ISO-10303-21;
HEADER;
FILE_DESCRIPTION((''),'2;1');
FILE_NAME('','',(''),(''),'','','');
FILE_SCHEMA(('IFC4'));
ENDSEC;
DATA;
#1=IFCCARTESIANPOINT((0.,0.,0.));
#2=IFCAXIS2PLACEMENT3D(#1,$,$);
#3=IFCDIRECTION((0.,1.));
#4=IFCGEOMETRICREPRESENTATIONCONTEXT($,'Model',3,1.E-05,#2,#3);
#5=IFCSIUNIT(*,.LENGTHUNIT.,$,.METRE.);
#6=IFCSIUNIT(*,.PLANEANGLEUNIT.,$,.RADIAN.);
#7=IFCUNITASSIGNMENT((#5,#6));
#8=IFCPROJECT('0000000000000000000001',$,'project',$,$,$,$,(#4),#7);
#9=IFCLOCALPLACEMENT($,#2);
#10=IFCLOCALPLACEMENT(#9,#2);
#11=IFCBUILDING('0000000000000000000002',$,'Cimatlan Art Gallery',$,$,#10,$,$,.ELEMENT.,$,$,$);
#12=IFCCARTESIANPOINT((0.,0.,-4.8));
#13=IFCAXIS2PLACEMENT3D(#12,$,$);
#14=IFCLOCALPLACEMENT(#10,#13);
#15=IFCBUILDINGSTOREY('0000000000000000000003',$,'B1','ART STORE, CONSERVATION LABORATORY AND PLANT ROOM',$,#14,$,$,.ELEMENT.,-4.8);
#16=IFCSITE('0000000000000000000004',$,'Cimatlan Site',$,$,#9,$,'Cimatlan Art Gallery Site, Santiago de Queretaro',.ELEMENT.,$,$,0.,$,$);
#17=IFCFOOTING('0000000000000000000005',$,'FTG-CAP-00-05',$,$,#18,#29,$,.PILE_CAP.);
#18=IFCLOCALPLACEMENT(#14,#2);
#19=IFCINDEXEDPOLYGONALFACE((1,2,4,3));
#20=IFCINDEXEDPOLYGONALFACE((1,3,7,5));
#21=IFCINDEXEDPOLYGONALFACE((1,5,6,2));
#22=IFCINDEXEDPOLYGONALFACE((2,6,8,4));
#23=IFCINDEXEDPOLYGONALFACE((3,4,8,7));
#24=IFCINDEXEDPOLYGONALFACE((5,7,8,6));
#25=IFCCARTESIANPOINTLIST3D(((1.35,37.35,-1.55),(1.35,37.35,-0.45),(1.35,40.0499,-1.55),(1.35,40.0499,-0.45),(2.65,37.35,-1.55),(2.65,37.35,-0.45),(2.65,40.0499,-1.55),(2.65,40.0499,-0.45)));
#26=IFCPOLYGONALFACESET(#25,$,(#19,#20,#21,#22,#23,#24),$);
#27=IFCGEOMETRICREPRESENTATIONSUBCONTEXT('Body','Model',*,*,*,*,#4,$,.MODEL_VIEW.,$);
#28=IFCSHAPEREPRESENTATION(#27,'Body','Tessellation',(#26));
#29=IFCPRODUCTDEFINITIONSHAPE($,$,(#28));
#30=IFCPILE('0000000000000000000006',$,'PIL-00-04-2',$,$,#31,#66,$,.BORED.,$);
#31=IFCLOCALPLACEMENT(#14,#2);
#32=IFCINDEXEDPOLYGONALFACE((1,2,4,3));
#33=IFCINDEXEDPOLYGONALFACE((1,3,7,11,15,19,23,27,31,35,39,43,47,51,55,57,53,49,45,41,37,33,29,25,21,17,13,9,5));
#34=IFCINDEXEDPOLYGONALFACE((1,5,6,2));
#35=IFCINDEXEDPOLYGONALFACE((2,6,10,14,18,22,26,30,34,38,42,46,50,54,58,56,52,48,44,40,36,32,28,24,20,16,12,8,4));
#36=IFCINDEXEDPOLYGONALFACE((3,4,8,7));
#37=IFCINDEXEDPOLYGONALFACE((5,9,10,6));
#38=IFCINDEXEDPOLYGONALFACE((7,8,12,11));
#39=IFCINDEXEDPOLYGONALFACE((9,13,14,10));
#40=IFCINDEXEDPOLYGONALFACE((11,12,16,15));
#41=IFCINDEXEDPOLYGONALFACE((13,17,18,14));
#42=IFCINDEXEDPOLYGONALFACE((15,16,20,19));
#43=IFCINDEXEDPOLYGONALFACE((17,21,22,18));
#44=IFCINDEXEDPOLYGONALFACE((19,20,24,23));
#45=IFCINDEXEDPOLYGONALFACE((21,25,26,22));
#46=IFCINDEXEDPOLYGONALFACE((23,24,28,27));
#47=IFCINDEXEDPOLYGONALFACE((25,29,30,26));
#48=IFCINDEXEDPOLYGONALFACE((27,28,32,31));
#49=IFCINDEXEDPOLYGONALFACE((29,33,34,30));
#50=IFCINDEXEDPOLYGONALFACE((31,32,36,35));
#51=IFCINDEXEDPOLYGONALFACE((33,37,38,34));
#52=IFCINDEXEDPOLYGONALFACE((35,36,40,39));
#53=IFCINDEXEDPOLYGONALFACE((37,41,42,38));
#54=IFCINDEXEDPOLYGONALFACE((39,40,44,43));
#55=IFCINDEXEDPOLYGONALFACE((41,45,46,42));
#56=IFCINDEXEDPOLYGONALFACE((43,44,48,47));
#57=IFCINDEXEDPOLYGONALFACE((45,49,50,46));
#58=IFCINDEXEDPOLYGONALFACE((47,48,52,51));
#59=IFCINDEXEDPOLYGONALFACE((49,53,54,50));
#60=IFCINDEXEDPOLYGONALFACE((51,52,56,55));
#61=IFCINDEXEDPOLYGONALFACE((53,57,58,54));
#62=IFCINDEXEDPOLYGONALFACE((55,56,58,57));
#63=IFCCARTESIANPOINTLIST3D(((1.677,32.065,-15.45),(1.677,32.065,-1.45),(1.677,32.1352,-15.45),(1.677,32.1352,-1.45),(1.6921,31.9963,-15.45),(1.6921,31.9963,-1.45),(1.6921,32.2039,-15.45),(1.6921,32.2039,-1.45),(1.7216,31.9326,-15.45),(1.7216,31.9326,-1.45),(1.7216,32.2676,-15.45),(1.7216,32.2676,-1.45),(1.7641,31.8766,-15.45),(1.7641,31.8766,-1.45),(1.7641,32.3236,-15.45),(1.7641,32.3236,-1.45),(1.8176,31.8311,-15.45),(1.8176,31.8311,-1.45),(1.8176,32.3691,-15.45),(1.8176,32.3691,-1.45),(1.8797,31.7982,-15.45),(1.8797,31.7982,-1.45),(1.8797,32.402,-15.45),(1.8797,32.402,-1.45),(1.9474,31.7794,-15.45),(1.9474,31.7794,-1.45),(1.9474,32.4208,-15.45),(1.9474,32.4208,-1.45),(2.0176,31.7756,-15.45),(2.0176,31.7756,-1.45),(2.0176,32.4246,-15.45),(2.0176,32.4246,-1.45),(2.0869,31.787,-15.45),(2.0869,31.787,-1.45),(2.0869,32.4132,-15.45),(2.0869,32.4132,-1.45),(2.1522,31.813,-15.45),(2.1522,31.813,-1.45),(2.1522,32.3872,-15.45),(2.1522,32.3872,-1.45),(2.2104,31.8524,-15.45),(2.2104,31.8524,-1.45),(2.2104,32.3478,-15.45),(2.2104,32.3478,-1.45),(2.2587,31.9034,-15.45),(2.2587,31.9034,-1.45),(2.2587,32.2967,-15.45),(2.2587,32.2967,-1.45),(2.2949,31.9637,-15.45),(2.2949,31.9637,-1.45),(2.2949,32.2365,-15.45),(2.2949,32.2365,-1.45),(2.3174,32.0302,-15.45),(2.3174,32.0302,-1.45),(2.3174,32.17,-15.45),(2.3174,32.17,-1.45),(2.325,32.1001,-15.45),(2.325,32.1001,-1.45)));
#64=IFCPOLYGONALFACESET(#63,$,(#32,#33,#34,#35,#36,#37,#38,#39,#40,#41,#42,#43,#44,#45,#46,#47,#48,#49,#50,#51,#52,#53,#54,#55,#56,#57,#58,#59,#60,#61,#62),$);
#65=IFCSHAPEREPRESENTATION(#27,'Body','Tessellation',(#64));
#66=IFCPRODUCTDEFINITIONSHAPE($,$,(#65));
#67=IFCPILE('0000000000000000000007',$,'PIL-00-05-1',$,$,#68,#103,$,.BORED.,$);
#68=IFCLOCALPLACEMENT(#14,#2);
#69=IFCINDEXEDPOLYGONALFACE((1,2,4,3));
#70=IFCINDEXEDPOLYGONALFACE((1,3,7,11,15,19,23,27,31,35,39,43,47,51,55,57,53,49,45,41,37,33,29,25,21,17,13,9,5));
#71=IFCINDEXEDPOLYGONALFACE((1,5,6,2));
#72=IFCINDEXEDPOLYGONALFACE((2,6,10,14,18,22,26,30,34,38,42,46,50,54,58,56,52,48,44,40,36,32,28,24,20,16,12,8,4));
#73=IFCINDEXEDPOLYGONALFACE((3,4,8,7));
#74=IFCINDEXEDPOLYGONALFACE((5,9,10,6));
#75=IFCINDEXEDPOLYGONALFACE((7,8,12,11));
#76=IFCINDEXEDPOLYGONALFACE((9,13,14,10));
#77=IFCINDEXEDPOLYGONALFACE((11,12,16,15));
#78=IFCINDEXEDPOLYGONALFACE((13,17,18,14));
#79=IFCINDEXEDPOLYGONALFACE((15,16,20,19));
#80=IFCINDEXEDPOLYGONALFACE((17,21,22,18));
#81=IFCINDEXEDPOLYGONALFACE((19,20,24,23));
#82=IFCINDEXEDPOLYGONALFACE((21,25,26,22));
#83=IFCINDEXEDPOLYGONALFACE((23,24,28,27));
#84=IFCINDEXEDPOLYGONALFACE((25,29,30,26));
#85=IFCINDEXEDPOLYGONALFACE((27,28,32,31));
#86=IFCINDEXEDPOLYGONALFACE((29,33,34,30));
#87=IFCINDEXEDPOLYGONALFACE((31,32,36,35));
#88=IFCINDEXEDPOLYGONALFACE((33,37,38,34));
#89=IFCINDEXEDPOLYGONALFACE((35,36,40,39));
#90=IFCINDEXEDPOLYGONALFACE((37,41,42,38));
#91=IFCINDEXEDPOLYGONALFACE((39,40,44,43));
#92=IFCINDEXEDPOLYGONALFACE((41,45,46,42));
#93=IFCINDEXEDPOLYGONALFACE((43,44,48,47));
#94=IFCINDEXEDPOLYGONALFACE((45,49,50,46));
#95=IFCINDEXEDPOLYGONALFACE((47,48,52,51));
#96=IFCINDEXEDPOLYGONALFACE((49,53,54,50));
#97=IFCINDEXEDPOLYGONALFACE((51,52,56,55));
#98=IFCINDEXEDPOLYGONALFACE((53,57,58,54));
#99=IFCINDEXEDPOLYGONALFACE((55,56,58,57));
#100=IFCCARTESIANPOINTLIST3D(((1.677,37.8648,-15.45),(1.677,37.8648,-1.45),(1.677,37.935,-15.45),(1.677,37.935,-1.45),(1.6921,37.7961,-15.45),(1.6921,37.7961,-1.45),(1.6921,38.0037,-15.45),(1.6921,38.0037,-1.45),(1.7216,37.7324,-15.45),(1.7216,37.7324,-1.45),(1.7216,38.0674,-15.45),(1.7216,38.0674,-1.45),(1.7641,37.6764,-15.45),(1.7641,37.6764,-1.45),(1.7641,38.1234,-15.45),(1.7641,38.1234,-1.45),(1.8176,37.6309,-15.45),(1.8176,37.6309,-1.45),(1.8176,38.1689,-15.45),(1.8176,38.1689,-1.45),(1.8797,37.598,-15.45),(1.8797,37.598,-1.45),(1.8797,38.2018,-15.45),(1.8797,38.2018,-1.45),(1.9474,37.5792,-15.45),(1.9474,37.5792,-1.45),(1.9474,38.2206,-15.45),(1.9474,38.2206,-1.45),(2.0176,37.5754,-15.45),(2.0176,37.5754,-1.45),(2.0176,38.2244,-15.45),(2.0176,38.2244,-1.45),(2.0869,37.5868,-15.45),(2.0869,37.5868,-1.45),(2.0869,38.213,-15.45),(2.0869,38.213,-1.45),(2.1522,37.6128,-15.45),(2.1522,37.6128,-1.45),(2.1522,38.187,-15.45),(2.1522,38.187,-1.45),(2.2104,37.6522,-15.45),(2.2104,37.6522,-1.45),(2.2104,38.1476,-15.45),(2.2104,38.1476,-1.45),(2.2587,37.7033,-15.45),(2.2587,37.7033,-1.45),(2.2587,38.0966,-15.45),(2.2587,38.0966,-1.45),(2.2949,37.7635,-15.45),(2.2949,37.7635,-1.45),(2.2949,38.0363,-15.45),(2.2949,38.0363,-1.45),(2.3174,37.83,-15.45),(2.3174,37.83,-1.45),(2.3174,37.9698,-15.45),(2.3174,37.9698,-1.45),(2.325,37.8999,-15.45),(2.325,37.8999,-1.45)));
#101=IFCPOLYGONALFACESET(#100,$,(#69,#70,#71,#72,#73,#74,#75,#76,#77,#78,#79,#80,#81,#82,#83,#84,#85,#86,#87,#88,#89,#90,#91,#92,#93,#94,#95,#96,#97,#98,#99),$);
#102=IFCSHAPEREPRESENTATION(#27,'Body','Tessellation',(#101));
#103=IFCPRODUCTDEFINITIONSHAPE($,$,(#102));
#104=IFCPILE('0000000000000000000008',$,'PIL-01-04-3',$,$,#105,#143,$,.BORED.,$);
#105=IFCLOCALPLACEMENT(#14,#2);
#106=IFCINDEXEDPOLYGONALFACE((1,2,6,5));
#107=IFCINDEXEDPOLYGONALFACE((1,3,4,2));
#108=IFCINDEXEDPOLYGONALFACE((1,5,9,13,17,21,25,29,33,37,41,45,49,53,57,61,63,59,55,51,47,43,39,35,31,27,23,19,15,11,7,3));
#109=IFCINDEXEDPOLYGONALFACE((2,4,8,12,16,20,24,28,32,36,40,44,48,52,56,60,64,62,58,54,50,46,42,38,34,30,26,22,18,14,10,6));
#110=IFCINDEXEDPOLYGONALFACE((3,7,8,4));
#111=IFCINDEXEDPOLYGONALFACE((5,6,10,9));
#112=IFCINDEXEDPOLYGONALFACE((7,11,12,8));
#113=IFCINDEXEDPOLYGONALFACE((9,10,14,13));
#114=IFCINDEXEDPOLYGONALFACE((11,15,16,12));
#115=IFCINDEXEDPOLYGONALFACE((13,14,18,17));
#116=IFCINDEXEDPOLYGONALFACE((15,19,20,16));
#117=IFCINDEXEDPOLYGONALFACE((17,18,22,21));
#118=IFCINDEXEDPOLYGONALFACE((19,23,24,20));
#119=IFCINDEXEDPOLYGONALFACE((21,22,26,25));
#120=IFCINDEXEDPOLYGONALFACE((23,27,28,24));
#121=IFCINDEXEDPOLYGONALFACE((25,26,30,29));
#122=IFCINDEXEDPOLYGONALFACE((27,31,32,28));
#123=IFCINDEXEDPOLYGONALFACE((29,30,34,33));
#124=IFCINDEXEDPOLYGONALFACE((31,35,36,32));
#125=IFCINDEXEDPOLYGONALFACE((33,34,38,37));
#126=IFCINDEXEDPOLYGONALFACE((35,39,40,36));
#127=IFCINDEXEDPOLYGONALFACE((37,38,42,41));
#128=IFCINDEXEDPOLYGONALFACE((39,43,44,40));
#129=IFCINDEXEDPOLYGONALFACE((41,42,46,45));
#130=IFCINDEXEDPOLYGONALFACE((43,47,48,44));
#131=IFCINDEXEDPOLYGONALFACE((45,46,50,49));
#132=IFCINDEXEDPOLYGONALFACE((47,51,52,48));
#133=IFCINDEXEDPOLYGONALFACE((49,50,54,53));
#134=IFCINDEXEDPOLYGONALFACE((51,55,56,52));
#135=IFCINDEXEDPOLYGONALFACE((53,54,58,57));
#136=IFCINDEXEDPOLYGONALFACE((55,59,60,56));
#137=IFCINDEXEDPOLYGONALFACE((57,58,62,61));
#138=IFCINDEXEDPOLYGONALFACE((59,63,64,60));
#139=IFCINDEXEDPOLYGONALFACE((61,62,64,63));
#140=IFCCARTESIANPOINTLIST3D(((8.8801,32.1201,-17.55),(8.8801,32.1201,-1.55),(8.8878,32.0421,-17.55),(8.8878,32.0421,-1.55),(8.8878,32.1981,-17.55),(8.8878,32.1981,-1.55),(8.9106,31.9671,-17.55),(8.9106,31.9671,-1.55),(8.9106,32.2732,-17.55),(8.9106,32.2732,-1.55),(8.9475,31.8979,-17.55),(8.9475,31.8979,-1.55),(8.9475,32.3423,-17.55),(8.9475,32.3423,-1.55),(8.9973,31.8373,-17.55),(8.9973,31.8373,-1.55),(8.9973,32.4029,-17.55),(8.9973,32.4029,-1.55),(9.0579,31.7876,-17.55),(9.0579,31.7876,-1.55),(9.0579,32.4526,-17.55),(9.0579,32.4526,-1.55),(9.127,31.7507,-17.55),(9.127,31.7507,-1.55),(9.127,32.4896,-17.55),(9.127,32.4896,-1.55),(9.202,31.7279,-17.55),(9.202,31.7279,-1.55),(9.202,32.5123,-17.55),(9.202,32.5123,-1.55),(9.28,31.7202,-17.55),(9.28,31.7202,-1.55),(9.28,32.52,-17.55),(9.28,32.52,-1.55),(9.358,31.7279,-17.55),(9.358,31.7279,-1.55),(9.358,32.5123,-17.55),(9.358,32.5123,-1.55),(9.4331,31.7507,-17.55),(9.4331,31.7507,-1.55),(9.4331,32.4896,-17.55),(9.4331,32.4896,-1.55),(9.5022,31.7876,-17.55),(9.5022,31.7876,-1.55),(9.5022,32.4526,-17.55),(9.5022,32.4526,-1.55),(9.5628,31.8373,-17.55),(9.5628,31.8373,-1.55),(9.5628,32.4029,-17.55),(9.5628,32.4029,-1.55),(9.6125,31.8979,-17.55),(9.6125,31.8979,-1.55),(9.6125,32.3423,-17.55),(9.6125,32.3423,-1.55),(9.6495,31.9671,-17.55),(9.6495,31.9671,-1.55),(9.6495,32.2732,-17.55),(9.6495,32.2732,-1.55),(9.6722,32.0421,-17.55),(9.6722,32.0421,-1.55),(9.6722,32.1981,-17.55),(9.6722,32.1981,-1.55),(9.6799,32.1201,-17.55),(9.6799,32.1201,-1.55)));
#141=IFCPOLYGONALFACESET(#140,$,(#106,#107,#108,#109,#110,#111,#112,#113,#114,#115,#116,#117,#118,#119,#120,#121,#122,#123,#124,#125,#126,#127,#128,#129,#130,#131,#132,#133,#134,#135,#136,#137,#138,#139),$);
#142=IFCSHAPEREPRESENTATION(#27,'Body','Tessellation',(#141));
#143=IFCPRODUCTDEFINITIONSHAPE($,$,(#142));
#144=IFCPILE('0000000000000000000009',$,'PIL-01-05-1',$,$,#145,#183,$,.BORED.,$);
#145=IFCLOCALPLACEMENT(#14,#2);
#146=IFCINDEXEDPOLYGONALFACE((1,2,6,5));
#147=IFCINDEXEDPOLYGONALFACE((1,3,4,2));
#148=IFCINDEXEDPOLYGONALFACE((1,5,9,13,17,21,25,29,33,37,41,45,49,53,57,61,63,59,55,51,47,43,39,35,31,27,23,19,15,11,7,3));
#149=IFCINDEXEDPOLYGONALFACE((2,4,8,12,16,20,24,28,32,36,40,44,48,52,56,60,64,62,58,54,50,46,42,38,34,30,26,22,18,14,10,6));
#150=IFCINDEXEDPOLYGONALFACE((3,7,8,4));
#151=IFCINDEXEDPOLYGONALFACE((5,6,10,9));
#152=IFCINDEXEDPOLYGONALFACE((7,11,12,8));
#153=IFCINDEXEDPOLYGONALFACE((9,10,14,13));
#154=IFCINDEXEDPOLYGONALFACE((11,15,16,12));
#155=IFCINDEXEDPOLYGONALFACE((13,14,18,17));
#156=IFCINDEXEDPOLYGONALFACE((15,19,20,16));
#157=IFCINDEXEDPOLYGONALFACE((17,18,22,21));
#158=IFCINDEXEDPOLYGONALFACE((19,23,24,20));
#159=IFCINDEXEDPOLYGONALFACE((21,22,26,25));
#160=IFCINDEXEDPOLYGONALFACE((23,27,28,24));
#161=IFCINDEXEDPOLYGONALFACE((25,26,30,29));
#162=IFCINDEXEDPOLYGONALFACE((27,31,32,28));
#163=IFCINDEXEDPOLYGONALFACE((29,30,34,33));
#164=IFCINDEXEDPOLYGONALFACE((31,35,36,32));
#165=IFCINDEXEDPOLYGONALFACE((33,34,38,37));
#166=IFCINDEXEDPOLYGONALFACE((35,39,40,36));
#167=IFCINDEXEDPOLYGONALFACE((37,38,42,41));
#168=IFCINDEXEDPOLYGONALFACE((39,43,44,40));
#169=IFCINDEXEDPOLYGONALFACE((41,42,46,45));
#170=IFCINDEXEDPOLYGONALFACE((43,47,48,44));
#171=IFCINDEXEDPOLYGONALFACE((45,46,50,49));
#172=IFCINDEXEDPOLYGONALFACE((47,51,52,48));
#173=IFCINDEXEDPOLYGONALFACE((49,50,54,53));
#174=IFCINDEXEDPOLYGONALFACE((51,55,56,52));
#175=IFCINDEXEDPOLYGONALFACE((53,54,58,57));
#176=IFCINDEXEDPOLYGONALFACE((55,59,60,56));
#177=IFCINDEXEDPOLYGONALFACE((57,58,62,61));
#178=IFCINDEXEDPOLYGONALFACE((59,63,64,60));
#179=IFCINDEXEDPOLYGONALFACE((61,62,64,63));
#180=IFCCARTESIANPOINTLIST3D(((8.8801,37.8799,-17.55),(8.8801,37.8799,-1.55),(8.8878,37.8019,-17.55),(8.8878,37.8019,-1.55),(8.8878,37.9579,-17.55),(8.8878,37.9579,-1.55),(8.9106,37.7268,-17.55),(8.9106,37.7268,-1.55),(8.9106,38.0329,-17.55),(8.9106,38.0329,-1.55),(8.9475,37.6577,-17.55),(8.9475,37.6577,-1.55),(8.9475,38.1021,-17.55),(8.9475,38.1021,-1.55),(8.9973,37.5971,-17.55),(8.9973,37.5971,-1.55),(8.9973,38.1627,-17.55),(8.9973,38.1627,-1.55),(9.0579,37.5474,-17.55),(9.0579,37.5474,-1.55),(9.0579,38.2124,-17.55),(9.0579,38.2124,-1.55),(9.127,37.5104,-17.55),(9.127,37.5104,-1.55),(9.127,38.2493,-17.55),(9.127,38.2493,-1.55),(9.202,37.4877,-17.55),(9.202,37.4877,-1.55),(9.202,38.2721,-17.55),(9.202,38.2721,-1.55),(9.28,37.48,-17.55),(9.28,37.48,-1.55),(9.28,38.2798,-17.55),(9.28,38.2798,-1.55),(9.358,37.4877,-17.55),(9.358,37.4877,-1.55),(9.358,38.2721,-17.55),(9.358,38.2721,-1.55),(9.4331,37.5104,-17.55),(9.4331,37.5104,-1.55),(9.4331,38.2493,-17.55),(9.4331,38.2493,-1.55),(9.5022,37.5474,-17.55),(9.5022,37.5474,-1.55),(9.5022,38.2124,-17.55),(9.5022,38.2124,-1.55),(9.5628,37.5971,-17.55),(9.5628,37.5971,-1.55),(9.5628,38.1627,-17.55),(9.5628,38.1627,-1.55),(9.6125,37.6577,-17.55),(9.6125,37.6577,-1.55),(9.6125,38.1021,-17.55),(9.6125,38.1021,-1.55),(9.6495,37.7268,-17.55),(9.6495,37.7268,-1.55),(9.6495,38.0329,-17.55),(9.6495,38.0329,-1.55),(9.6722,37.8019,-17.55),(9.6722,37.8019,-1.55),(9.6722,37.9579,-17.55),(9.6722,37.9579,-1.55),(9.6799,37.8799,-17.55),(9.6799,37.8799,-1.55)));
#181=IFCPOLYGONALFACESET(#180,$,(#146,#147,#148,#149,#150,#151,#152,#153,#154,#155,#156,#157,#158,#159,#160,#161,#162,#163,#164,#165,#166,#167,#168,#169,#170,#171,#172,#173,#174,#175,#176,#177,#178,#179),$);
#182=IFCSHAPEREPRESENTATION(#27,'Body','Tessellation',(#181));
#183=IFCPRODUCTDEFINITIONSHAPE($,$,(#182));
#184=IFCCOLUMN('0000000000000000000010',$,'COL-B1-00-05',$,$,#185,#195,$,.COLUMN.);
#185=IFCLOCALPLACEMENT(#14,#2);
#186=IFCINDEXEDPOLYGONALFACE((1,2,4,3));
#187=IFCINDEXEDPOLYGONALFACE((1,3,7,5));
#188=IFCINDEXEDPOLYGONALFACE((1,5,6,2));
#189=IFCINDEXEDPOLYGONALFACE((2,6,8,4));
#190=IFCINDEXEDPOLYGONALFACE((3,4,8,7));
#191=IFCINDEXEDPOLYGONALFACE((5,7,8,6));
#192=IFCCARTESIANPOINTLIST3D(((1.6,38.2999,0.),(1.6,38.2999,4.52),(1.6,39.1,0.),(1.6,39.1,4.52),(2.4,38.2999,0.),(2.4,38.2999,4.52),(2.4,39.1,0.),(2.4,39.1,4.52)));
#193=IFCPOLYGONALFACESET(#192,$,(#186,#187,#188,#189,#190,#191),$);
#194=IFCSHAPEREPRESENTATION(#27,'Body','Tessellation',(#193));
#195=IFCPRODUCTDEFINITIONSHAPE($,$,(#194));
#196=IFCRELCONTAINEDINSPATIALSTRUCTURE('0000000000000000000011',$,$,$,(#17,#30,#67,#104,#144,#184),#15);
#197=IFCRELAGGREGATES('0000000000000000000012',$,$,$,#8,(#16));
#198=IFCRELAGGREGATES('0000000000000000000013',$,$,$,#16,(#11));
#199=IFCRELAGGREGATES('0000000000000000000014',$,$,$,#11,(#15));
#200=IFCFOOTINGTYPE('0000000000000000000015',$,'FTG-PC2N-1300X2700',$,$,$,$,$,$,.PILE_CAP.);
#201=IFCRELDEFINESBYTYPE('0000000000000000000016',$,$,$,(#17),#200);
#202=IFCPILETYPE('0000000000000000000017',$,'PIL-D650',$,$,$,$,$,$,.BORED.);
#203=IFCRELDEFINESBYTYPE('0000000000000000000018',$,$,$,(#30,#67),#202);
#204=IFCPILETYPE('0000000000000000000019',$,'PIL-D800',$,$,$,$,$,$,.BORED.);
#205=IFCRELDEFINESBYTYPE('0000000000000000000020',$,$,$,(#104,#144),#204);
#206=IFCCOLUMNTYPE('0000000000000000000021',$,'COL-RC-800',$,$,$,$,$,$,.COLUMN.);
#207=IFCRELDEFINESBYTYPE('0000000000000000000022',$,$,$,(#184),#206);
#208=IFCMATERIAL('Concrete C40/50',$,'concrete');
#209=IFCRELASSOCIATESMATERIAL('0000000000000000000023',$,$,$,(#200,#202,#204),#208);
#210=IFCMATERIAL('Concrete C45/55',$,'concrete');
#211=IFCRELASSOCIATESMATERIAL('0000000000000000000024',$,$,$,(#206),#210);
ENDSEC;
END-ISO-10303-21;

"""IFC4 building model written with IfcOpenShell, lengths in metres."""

from ifc_helpers import new_model, si_unit, direction, frame, origin, origin_2d, place, context, subcontext, project, spatial, rectangle, circle, extrude, material, material_profile, profile_set, type_object, element, save


model = new_model("IFC4")

# Units and contexts
model_context = context("Model", 3, precision=1e-05, world=origin(), true_north=direction((0.0, 1.0)))
body_context = subcontext(model_context, "Body", "Model", "MODEL_VIEW")
ifc_project = project(units=[si_unit("LENGTHUNIT", "METRE"), si_unit("PLANEANGLEUNIT", "RADIAN")], contexts=[model_context])

# Site, building, storey
site_placement = place(None, origin())
site = spatial("IfcSite", under=ifc_project, at=site_placement, Name="Cimatlan Site", LongName="Cimatlan Art Gallery Site, Santiago de Queretaro", CompositionType="ELEMENT", RefElevation=0.0)
building_placement = place(site_placement, origin())
building = spatial("IfcBuilding", under=site, at=building_placement, Name="Cimatlan Art Gallery", CompositionType="ELEMENT")
storey_placement = place(building_placement, frame((0.0, 0.0, -4.8)))
storey = spatial("IfcBuildingStorey", under=building, at=storey_placement, Name="B1", Description="ART STORE, CONSERVATION LABORATORY AND PLANT ROOM", CompositionType="ELEMENT", Elevation=-4.8)

# Footing
ifc_material_1 = material(Name="Concrete C40/50", Category="concrete")
footing_type = type_object("IfcFootingType", Name="FTG-PC2N-1300X2700", PredefinedType="PILE_CAP", material=ifc_material_1)
footing_placement = place(storey_placement, frame((2.0, 38.7, -1.55), z_axis=(0.0, 0.0, 1.0), x_axis=(1.0, 0.0, 0.0)))
element("IfcFooting", 1, at=footing_placement, inside=storey, type_object=footing_type, Name="FTG-CAP-00-05", PredefinedType="PILE_CAP", context=body_context, shape_type="SweptSolid", body=[
    extrude(rectangle(XDim=1.3, YDim=2.7, at=origin_2d()), origin(), (0.0, 0.0, 1.0), 1.1001),
])

# Piles
pile_type_1 = type_object("IfcPileType", Name="PIL-D650", PredefinedType="BORED", material=ifc_material_1)
for number, where, z_axis, x_axis, name in (
    (2, (2.0, 32.1001, -1.45), (0.0, 0.0, -1.0), (1.0, 0.0, 0.0), "PIL-00-04-2"),
    (3, (2.0, 37.8999, -1.45), (0.0, 0.0, -1.0), (1.0, 0.0, 0.0), "PIL-00-05-1"),
):
    element("IfcPile", number, at=place(storey_placement, frame(where, z_axis=z_axis, x_axis=x_axis)), inside=storey, type_object=pile_type_1, Name=name, PredefinedType="BORED", context=body_context, shape_type="SweptSolid", body=[
        extrude(circle(Radius=0.325, at=origin_2d()), origin(), (0.0, 0.0, 1.0), 14.0),
    ])
pile_type_2 = type_object("IfcPileType", Name="PIL-D800", PredefinedType="BORED", material=ifc_material_1)
for number, where, z_axis, x_axis, name in (
    (4, (9.28, 32.1201, -1.55), (0.0, 0.0, -1.0), (1.0, 0.0, 0.0), "PIL-01-04-3"),
    (5, (9.28, 37.8799, -1.55), (0.0, 0.0, -1.0), (1.0, 0.0, 0.0), "PIL-01-05-1"),
):
    element("IfcPile", number, at=place(storey_placement, frame(where, z_axis=z_axis, x_axis=x_axis)), inside=storey, type_object=pile_type_2, Name=name, PredefinedType="BORED", context=body_context, shape_type="SweptSolid", body=[
        extrude(circle(Radius=0.3999, at=origin_2d()), origin(), (0.0, 0.0, 1.0), 16.0),
    ])

# Column
ifc_material_2 = material(Name="Concrete C45/55", Category="concrete")
ifc_material_profile_1 = material_profile(ifc_material_2, rectangle(XDim=0.8, YDim=0.8, at=origin_2d()), Name="RC800X800")
ifc_profile_set_1 = profile_set([ifc_material_profile_1], Name="Concrete C45/55")
column_type = type_object("IfcColumnType", Name="COL-RC-800", PredefinedType="COLUMN", material=ifc_profile_set_1)
column_placement = place(storey_placement, frame((2.0, 38.7, 0.0), z_axis=(0.0, 0.0, 1.0), x_axis=(1.0, 0.0, 0.0)))
element("IfcColumn", 6, at=column_placement, inside=storey, type_object=column_type, Name="COL-B1-00-05", PredefinedType="COLUMN", context=body_context, shape_type="SweptSolid", body=[
    extrude(rectangle(XDim=0.8, YDim=0.8, at=origin_2d()), origin(), (0.0, 0.0, 1.0), 4.52),
])

save(model, "model.ifc")
